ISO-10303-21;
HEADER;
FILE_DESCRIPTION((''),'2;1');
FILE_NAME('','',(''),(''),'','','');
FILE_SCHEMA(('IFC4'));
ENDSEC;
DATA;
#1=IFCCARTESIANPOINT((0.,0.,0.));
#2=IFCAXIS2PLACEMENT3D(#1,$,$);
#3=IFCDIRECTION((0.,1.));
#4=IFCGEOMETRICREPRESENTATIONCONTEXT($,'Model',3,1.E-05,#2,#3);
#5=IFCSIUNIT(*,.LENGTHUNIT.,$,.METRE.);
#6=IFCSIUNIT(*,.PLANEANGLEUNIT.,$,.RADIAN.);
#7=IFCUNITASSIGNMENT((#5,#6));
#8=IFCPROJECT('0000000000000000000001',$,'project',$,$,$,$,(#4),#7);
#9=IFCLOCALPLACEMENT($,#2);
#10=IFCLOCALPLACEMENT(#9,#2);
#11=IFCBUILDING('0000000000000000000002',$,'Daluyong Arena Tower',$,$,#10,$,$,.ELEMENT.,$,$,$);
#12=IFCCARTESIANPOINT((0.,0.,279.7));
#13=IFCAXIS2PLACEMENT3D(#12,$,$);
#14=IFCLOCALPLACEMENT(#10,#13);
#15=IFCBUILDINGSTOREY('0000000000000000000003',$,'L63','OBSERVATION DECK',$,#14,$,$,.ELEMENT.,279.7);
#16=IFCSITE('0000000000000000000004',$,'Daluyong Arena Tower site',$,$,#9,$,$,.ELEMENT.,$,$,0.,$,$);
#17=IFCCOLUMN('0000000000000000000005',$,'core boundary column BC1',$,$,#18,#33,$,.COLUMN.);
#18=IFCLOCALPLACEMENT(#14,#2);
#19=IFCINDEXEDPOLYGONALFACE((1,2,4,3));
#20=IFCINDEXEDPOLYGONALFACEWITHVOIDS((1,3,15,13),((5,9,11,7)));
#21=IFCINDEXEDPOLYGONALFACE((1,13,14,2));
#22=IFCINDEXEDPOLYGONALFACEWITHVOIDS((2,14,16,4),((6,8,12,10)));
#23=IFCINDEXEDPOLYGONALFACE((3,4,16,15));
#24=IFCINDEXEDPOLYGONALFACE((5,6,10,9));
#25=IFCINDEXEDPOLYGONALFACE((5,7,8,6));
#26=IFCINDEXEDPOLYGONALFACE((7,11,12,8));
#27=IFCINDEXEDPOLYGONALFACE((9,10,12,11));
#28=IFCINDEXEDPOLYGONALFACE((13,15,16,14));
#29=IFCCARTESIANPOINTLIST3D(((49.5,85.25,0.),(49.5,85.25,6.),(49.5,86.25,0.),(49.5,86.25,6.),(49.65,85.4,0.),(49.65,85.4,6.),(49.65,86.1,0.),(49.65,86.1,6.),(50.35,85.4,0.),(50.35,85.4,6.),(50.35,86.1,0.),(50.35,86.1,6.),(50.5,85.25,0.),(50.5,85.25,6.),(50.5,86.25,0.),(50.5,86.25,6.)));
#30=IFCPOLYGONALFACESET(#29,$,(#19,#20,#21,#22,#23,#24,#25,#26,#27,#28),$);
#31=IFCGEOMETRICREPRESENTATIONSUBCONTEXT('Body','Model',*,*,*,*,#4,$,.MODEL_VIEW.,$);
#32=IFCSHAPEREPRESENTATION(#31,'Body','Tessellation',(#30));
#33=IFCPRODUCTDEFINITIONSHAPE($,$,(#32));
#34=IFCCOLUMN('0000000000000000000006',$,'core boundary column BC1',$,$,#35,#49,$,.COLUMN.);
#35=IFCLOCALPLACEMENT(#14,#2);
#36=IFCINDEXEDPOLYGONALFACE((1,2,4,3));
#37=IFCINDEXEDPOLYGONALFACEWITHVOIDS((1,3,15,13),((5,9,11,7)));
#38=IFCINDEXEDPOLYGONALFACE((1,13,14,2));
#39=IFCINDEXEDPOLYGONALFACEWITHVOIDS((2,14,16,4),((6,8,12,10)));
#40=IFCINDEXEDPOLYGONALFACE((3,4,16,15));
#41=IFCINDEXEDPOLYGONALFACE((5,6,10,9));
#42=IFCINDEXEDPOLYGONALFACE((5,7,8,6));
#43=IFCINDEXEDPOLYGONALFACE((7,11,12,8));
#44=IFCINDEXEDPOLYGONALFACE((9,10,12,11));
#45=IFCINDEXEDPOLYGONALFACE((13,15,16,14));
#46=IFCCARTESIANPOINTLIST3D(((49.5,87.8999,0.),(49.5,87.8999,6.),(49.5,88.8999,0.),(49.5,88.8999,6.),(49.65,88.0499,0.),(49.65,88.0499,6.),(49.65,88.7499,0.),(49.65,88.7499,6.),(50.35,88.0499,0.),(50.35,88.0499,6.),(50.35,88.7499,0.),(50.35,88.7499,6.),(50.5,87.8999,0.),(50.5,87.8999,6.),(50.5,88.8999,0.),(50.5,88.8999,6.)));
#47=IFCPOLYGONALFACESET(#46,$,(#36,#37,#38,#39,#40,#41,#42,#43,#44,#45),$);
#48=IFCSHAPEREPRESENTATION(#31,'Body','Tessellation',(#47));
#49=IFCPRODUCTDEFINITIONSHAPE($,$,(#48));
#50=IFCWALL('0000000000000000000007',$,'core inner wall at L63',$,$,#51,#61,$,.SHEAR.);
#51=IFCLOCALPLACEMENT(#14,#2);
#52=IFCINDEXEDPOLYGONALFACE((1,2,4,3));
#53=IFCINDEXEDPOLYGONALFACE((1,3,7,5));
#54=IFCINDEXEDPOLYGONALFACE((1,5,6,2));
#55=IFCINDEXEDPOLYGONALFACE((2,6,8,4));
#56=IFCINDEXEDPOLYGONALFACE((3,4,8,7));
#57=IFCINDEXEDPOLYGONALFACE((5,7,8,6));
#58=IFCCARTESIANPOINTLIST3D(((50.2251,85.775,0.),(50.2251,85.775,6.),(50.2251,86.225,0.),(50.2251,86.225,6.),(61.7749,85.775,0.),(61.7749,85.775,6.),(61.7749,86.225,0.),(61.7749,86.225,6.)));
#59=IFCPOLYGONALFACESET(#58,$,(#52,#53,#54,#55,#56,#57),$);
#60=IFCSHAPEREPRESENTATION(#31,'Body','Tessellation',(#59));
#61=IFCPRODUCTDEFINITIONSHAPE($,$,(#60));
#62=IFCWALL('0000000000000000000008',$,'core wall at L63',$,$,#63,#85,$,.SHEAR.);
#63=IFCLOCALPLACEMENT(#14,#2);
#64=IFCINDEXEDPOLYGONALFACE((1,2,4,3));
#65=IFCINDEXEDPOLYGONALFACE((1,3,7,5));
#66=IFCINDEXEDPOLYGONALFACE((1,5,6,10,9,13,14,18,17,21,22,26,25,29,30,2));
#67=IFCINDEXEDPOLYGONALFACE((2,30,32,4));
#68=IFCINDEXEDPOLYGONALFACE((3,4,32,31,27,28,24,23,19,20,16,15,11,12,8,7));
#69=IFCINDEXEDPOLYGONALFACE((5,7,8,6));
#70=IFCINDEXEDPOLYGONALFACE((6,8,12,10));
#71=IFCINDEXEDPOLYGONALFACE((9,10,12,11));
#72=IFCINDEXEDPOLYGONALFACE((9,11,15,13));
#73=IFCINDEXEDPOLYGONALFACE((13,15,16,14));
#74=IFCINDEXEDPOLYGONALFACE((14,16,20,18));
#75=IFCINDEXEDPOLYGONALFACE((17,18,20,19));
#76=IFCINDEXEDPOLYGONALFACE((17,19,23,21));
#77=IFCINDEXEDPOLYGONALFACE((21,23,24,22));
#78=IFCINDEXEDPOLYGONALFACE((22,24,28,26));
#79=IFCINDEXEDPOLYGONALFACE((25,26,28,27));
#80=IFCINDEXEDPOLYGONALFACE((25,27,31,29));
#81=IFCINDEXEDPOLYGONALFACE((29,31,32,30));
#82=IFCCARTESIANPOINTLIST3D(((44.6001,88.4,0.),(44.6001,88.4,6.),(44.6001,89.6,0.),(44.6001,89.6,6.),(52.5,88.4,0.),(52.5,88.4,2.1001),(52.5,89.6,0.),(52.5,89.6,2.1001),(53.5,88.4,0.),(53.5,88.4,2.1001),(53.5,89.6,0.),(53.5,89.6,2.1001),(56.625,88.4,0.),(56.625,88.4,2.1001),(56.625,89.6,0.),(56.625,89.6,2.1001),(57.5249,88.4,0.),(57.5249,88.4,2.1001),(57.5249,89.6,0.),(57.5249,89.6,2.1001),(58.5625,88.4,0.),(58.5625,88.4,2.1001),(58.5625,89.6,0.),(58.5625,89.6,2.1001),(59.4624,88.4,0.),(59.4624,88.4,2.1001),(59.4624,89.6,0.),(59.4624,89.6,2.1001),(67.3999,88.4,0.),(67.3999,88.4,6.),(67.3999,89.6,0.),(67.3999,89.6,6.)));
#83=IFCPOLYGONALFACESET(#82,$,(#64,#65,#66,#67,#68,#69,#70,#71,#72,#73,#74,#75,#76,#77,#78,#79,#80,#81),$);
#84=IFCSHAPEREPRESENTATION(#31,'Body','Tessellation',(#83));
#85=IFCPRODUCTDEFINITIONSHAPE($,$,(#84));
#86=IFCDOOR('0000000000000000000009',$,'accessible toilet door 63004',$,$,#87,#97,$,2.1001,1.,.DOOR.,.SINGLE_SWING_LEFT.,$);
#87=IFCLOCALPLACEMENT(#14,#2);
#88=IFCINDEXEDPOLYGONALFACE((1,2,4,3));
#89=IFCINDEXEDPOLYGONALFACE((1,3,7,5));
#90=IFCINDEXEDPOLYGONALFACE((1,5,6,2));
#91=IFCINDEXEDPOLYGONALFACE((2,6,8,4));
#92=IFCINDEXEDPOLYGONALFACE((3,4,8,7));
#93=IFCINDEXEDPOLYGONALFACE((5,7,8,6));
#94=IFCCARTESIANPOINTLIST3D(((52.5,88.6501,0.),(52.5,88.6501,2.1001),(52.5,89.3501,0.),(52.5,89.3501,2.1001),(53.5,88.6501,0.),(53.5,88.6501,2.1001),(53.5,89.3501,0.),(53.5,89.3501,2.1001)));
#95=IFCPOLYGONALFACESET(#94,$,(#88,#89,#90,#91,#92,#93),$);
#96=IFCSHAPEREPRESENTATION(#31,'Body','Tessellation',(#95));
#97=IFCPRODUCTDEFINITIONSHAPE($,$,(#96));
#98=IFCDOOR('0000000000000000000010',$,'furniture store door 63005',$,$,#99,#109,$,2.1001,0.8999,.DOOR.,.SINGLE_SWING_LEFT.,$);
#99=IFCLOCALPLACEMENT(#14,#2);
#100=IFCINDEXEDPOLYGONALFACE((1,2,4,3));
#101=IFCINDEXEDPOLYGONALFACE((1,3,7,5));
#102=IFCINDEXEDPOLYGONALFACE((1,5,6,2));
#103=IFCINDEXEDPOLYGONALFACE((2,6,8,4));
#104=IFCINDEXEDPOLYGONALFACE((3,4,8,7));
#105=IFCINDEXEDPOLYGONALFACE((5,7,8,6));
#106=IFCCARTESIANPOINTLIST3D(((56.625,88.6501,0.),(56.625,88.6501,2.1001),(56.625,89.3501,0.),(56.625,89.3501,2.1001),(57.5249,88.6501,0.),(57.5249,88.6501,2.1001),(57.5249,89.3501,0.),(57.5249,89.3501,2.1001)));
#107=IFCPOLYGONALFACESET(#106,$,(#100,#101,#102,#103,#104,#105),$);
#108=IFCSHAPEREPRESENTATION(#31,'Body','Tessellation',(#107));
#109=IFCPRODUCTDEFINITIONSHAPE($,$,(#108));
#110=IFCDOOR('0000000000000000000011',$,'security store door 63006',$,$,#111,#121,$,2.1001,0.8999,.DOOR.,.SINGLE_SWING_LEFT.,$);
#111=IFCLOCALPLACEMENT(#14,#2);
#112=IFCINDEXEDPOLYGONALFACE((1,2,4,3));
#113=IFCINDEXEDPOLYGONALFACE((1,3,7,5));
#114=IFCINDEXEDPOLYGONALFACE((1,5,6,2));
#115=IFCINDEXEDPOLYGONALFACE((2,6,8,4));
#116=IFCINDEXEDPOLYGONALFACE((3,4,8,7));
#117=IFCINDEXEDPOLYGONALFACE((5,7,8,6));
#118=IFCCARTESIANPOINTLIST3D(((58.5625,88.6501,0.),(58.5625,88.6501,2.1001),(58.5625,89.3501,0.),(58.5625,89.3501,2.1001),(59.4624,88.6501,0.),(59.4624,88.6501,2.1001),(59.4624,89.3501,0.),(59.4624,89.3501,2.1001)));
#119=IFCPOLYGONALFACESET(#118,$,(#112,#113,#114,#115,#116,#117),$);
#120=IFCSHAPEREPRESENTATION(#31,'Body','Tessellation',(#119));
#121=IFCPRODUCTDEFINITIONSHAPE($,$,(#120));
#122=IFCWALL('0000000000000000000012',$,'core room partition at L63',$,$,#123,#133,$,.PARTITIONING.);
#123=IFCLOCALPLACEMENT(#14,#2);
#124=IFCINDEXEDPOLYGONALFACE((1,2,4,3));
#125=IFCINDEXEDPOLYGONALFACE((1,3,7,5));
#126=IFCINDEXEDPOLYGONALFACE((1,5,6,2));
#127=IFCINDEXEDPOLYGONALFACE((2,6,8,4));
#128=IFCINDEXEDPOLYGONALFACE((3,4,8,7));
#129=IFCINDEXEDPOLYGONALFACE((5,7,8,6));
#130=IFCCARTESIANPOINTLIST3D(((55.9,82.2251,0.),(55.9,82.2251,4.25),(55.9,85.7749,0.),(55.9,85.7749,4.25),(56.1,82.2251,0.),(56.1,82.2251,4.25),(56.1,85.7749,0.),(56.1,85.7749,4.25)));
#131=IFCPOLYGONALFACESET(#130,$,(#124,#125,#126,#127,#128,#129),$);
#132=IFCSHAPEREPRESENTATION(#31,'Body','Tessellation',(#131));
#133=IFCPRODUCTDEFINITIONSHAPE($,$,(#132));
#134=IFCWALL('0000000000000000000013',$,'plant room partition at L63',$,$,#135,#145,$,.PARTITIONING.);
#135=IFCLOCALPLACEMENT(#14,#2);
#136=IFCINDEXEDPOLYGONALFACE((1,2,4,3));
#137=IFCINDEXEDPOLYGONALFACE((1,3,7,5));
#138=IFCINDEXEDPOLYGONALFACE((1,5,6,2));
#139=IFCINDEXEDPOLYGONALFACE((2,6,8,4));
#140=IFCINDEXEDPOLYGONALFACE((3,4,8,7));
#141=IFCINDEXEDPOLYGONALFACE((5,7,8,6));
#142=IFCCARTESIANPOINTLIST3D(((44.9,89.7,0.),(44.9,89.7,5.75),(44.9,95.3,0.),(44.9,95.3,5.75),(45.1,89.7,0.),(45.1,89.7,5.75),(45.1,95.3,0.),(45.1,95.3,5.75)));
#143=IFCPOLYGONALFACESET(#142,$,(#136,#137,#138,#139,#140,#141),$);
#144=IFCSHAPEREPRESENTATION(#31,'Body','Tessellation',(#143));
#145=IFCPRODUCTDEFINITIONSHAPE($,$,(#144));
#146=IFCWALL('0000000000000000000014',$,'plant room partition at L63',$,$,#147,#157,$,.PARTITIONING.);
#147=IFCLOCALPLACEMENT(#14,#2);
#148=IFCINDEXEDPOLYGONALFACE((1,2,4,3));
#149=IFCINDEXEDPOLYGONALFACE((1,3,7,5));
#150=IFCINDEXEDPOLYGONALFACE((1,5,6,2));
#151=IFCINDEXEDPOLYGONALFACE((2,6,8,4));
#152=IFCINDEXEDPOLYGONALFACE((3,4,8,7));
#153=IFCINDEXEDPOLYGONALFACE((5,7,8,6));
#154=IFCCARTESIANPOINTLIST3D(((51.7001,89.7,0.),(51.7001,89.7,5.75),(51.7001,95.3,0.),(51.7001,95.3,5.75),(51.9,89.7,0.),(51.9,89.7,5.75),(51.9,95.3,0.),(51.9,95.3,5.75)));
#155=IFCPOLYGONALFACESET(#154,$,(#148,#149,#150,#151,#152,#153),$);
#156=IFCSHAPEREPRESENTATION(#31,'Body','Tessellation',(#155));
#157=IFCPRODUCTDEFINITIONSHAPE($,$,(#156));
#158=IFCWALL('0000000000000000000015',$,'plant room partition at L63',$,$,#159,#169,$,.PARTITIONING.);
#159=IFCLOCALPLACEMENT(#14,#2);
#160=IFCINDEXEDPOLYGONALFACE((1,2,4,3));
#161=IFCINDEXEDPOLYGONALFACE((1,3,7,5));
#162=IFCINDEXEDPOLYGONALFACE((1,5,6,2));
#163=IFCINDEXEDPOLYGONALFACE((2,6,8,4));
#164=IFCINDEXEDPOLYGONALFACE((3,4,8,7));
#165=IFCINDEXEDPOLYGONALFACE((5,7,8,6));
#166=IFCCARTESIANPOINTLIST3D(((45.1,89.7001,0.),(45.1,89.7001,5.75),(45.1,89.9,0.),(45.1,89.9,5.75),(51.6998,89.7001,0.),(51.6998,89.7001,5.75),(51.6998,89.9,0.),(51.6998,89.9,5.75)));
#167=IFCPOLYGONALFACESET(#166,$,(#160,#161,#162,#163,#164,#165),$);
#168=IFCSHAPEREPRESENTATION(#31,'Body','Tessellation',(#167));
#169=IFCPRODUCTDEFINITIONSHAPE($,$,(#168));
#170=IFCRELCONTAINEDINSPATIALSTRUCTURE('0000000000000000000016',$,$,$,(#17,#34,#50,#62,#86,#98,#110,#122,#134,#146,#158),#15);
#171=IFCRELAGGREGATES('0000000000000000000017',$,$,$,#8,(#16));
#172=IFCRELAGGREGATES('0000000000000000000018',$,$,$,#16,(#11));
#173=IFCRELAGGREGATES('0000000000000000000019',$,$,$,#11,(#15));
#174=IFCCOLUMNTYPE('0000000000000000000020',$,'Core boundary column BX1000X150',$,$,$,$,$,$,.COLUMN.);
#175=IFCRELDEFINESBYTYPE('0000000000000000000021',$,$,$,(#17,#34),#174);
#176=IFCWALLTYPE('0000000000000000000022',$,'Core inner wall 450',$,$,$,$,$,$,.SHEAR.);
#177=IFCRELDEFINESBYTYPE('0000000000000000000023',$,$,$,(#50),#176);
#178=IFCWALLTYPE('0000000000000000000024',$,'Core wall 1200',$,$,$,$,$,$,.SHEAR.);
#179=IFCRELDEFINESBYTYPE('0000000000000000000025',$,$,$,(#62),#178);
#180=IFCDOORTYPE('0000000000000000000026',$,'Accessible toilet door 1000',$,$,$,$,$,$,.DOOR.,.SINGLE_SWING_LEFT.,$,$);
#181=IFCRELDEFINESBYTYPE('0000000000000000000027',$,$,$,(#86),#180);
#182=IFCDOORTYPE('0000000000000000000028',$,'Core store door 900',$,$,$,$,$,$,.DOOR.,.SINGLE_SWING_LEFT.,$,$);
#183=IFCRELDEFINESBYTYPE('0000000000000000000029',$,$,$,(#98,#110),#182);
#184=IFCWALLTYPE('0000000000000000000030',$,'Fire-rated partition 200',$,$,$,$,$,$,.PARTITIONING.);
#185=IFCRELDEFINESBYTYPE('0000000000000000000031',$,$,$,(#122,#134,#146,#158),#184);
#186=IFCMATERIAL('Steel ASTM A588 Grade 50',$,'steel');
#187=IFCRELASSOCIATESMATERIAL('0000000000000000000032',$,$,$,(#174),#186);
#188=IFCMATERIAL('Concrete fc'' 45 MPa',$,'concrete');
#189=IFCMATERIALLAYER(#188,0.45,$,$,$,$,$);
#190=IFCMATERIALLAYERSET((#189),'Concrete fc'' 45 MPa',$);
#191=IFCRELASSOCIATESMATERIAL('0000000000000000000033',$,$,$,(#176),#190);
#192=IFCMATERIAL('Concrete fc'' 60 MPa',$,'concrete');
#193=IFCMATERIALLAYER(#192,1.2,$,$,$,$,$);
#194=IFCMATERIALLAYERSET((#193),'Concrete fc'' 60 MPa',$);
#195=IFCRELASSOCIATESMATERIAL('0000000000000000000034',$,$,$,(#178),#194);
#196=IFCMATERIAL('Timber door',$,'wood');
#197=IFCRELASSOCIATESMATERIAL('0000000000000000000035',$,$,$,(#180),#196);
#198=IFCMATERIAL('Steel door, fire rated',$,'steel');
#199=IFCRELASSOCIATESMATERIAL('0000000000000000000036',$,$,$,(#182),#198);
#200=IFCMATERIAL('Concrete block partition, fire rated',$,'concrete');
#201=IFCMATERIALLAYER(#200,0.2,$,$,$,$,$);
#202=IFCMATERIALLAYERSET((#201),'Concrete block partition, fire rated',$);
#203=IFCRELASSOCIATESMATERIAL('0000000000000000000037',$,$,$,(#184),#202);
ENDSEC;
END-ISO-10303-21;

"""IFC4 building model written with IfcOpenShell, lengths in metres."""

from ifc_helpers import new_model, si_unit, direction, frame, frame_2d, origin, origin_2d, place, context, subcontext, project, spatial, rectangle, hollow_rectangle, extrude, material, layer, layer_set, material_profile, profile_set, type_object, element, fill, save


model = new_model("IFC4")

# Units and contexts
model_context = context("Model", 3, precision=1e-05, world=origin(), true_north=direction((0.0, 1.0)))
body_context = subcontext(model_context, "Body", "Model", "MODEL_VIEW")
ifc_project = project(units=[si_unit("LENGTHUNIT", "METRE"), si_unit("PLANEANGLEUNIT", "RADIAN")], contexts=[model_context])

# Site, building, storey
site_placement = place(None, origin())
site = spatial("IfcSite", under=ifc_project, at=site_placement, Name="Daluyong Arena Tower site", CompositionType="ELEMENT", RefElevation=0.0)
building_placement = place(site_placement, origin())
building = spatial("IfcBuilding", under=site, at=building_placement, Name="Daluyong Arena Tower", CompositionType="ELEMENT")
storey_placement = place(building_placement, frame((0.0, 0.0, 279.7)))
storey = spatial("IfcBuildingStorey", under=building, at=storey_placement, Name="L63", Description="OBSERVATION DECK", CompositionType="ELEMENT", Elevation=279.7)

# Columns
ifc_material_1 = material(Name="Steel ASTM A588 Grade 50", Category="steel")
ifc_material_profile = material_profile(ifc_material_1, hollow_rectangle(XDim=1.0, YDim=1.0, WallThickness=0.15, at=origin_2d()))
ifc_profile_set = profile_set([ifc_material_profile], Name="Steel ASTM A588 Grade 50")
column_type = type_object("IfcColumnType", Name="Core boundary column BX1000X150", PredefinedType="COLUMN", material=ifc_profile_set)
for number, where, z_axis, x_axis, name in (
    (1, (50.0, 85.75, 0.0), (0.0, 0.0, 1.0), (1.0, 0.0, 0.0), "core boundary column BC1"),
    (2, (50.0, 88.3999, 0.0), (0.0, 0.0, 1.0), (1.0, 0.0, 0.0), "core boundary column BC1"),
):
    element("IfcColumn", number, at=place(storey_placement, frame(where, z_axis=z_axis, x_axis=x_axis)), inside=storey, type_object=column_type, Name=name, PredefinedType="COLUMN", context=body_context, shape_type="SweptSolid", body=[
        extrude(hollow_rectangle(XDim=1.0, YDim=1.0, WallThickness=0.15, at=origin_2d()), origin(), (0.0, 0.0, 1.0), 6.0),
    ])

# Wall
ifc_material_2 = material(Name="Concrete fc' 45 MPa", Category="concrete")
ifc_layer_1 = layer(ifc_material_2, 0.45)
ifc_layer_set_1 = layer_set([ifc_layer_1], Name="Concrete fc' 45 MPa")
wall_type_1 = type_object("IfcWallType", Name="Core inner wall 450", PredefinedType="SHEAR", material=ifc_layer_set_1)
wall_1_placement = place(storey_placement, frame((50.2251, 86.0, 0.0), z_axis=(0.0, 0.0, 1.0), x_axis=(1.0, 0.0, 0.0)))
element("IfcWall", 3, at=wall_1_placement, inside=storey, type_object=wall_type_1, Name="core inner wall at L63", PredefinedType="SHEAR", context=body_context, shape_type="SweptSolid", body=[
    extrude(rectangle(XDim=11.5498, YDim=0.45, at=frame_2d((5.7749, 0.0))), origin(), (0.0, 0.0, 1.0), 6.0),
])

# Wall, openings, doors
ifc_material_3 = material(Name="Concrete fc' 60 MPa", Category="concrete")
ifc_layer_2 = layer(ifc_material_3, 1.2)
ifc_layer_set_2 = layer_set([ifc_layer_2], Name="Concrete fc' 60 MPa")
wall_type_2 = type_object("IfcWallType", Name="Core wall 1200", PredefinedType="SHEAR", material=ifc_layer_set_2)
wall_2_placement = place(storey_placement, frame((44.6001, 89.0, 0.0), z_axis=(0.0, 0.0, 1.0), x_axis=(1.0, 0.0, 0.0)))
wall_2 = element("IfcWall", 4, at=wall_2_placement, inside=storey, type_object=wall_type_2, Name="core wall at L63", PredefinedType="SHEAR", context=body_context, shape_type="SweptSolid", body=[
    extrude(rectangle(XDim=22.7998, YDim=1.2, at=frame_2d((11.3999, 0.0))), origin(), (0.0, 0.0, 1.0), 6.0),
])
opening_1_placement = place(wall_2_placement, frame((7.8999, 0.0, 0.0)))
opening_1 = element("IfcOpeningElement", 5, at=opening_1_placement, cuts=wall_2, PredefinedType="OPENING", context=body_context, shape_type="SweptSolid", body=[
    extrude(rectangle(XDim=1.0, YDim=2.1001, at=frame_2d((0.5, 1.05))), frame((0.0, 0.6099, 0.0), z_axis=(0.0, -1.0, 0.0), x_axis=(1.0, 0.0, 0.0)), (0.0, 0.0, 1.0), 1.22),
])
opening_2_placement = place(wall_2_placement, frame((12.0249, 0.0, 0.0)))
opening_2 = element("IfcOpeningElement", 6, at=opening_2_placement, cuts=wall_2, PredefinedType="OPENING", context=body_context, shape_type="SweptSolid", body=[
    extrude(rectangle(XDim=0.8999, YDim=2.1001, at=frame_2d((0.45, 1.05))), frame((0.0, 0.6099, 0.0), z_axis=(0.0, -1.0, 0.0), x_axis=(1.0, 0.0, 0.0)), (0.0, 0.0, 1.0), 1.22),
])
opening_3_placement = place(wall_2_placement, frame((13.9624, 0.0, 0.0)))
opening_3 = element("IfcOpeningElement", 7, at=opening_3_placement, cuts=wall_2, PredefinedType="OPENING", context=body_context, shape_type="SweptSolid", body=[
    extrude(rectangle(XDim=0.8999, YDim=2.1001, at=frame_2d((0.45, 1.05))), frame((0.0, 0.6099, 0.0), z_axis=(0.0, -1.0, 0.0), x_axis=(1.0, 0.0, 0.0)), (0.0, 0.0, 1.0), 1.22),
])
ifc_material_4 = material(Name="Timber door", Category="wood")
door_type_1 = type_object("IfcDoorType", Name="Accessible toilet door 1000", OperationType="SINGLE_SWING_LEFT", PredefinedType="DOOR", material=ifc_material_4)
door_1_placement = place(opening_1_placement, origin())
door_1 = element("IfcDoor", 8, at=door_1_placement, inside=storey, type_object=door_type_1, Name="accessible toilet door 63004", OperationType="SINGLE_SWING_LEFT", OverallHeight=2.1001, OverallWidth=1.0, PredefinedType="DOOR", context=body_context, shape_type="SweptSolid", body=[
    extrude(rectangle(XDim=1.0, YDim=2.1001, at=frame_2d((0.5, 1.05))), frame((0.0, 0.3501, 0.0), z_axis=(0.0, -1.0, 0.0), x_axis=(1.0, 0.0, 0.0)), (0.0, 0.0, 1.0), 0.7),
])
fill(opening_1, door_1)
ifc_material_5 = material(Name="Steel door, fire rated", Category="steel")
door_type_2 = type_object("IfcDoorType", Name="Core store door 900", OperationType="SINGLE_SWING_LEFT", PredefinedType="DOOR", material=ifc_material_5)
door_2_placement = place(opening_2_placement, origin())
door_2 = element("IfcDoor", 9, at=door_2_placement, inside=storey, type_object=door_type_2, Name="furniture store door 63005", OperationType="SINGLE_SWING_LEFT", OverallHeight=2.1001, OverallWidth=0.8999, PredefinedType="DOOR", context=body_context, shape_type="SweptSolid", body=[
    extrude(rectangle(XDim=0.8999, YDim=2.1001, at=frame_2d((0.45, 1.05))), frame((0.0, 0.3501, 0.0), z_axis=(0.0, -1.0, 0.0), x_axis=(1.0, 0.0, 0.0)), (0.0, 0.0, 1.0), 0.7),
])
fill(opening_2, door_2)
door_3_placement = place(opening_3_placement, origin())
door_3 = element("IfcDoor", 10, at=door_3_placement, inside=storey, type_object=door_type_2, Name="security store door 63006", OperationType="SINGLE_SWING_LEFT", OverallHeight=2.1001, OverallWidth=0.8999, PredefinedType="DOOR", context=body_context, shape_type="SweptSolid", body=[
    extrude(rectangle(XDim=0.8999, YDim=2.1001, at=frame_2d((0.45, 1.05))), frame((0.0, 0.3501, 0.0), z_axis=(0.0, -1.0, 0.0), x_axis=(1.0, 0.0, 0.0)), (0.0, 0.0, 1.0), 0.7),
])
fill(opening_3, door_3)

# Walls
ifc_material_6 = material(Name="Concrete block partition, fire rated", Category="concrete")
ifc_layer_3 = layer(ifc_material_6, 0.2)
ifc_layer_set_3 = layer_set([ifc_layer_3], Name="Concrete block partition, fire rated")
wall_type_3 = type_object("IfcWallType", Name="Fire-rated partition 200", PredefinedType="PARTITIONING", material=ifc_layer_set_3)
wall_3_placement = place(storey_placement, frame((56.0, 82.2251, 0.0), z_axis=(0.0, 0.0, 1.0), x_axis=(0.0, 1.0, 0.0)))
element("IfcWall", 11, at=wall_3_placement, inside=storey, type_object=wall_type_3, Name="core room partition at L63", PredefinedType="PARTITIONING", context=body_context, shape_type="SweptSolid", body=[
    extrude(rectangle(XDim=3.5498, YDim=0.2, at=frame_2d((1.7749, 0.0))), origin(), (0.0, 0.0, 1.0), 4.25),
])
for number, where, z_axis, x_axis, name in (
    (12, (45.0, 89.7, 0.0), (0.0, 0.0, 1.0), (0.0, 1.0, 0.0), "plant room partition at L63"),
    (13, (51.8, 89.7, 0.0), (0.0, 0.0, 1.0), (0.0, 1.0, 0.0), "plant room partition at L63"),
):
    element("IfcWall", number, at=place(storey_placement, frame(where, z_axis=z_axis, x_axis=x_axis)), inside=storey, type_object=wall_type_3, Name=name, PredefinedType="PARTITIONING", context=body_context, shape_type="SweptSolid", body=[
        extrude(rectangle(XDim=5.6001, YDim=0.2, at=frame_2d((2.8, 0.0))), origin(), (0.0, 0.0, 1.0), 5.75),
    ])
wall_4_placement = place(storey_placement, frame((45.1001, 89.8, 0.0), z_axis=(0.0, 0.0, 1.0), x_axis=(1.0, 0.0, 0.0)))
element("IfcWall", 14, at=wall_4_placement, inside=storey, type_object=wall_type_3, Name="plant room partition at L63", PredefinedType="PARTITIONING", context=body_context, shape_type="SweptSolid", body=[
    extrude(rectangle(XDim=6.5999, YDim=0.2, at=frame_2d((3.2998, 0.0))), origin(), (0.0, 0.0, 1.0), 5.75),
])

save(model, "model.ifc")
